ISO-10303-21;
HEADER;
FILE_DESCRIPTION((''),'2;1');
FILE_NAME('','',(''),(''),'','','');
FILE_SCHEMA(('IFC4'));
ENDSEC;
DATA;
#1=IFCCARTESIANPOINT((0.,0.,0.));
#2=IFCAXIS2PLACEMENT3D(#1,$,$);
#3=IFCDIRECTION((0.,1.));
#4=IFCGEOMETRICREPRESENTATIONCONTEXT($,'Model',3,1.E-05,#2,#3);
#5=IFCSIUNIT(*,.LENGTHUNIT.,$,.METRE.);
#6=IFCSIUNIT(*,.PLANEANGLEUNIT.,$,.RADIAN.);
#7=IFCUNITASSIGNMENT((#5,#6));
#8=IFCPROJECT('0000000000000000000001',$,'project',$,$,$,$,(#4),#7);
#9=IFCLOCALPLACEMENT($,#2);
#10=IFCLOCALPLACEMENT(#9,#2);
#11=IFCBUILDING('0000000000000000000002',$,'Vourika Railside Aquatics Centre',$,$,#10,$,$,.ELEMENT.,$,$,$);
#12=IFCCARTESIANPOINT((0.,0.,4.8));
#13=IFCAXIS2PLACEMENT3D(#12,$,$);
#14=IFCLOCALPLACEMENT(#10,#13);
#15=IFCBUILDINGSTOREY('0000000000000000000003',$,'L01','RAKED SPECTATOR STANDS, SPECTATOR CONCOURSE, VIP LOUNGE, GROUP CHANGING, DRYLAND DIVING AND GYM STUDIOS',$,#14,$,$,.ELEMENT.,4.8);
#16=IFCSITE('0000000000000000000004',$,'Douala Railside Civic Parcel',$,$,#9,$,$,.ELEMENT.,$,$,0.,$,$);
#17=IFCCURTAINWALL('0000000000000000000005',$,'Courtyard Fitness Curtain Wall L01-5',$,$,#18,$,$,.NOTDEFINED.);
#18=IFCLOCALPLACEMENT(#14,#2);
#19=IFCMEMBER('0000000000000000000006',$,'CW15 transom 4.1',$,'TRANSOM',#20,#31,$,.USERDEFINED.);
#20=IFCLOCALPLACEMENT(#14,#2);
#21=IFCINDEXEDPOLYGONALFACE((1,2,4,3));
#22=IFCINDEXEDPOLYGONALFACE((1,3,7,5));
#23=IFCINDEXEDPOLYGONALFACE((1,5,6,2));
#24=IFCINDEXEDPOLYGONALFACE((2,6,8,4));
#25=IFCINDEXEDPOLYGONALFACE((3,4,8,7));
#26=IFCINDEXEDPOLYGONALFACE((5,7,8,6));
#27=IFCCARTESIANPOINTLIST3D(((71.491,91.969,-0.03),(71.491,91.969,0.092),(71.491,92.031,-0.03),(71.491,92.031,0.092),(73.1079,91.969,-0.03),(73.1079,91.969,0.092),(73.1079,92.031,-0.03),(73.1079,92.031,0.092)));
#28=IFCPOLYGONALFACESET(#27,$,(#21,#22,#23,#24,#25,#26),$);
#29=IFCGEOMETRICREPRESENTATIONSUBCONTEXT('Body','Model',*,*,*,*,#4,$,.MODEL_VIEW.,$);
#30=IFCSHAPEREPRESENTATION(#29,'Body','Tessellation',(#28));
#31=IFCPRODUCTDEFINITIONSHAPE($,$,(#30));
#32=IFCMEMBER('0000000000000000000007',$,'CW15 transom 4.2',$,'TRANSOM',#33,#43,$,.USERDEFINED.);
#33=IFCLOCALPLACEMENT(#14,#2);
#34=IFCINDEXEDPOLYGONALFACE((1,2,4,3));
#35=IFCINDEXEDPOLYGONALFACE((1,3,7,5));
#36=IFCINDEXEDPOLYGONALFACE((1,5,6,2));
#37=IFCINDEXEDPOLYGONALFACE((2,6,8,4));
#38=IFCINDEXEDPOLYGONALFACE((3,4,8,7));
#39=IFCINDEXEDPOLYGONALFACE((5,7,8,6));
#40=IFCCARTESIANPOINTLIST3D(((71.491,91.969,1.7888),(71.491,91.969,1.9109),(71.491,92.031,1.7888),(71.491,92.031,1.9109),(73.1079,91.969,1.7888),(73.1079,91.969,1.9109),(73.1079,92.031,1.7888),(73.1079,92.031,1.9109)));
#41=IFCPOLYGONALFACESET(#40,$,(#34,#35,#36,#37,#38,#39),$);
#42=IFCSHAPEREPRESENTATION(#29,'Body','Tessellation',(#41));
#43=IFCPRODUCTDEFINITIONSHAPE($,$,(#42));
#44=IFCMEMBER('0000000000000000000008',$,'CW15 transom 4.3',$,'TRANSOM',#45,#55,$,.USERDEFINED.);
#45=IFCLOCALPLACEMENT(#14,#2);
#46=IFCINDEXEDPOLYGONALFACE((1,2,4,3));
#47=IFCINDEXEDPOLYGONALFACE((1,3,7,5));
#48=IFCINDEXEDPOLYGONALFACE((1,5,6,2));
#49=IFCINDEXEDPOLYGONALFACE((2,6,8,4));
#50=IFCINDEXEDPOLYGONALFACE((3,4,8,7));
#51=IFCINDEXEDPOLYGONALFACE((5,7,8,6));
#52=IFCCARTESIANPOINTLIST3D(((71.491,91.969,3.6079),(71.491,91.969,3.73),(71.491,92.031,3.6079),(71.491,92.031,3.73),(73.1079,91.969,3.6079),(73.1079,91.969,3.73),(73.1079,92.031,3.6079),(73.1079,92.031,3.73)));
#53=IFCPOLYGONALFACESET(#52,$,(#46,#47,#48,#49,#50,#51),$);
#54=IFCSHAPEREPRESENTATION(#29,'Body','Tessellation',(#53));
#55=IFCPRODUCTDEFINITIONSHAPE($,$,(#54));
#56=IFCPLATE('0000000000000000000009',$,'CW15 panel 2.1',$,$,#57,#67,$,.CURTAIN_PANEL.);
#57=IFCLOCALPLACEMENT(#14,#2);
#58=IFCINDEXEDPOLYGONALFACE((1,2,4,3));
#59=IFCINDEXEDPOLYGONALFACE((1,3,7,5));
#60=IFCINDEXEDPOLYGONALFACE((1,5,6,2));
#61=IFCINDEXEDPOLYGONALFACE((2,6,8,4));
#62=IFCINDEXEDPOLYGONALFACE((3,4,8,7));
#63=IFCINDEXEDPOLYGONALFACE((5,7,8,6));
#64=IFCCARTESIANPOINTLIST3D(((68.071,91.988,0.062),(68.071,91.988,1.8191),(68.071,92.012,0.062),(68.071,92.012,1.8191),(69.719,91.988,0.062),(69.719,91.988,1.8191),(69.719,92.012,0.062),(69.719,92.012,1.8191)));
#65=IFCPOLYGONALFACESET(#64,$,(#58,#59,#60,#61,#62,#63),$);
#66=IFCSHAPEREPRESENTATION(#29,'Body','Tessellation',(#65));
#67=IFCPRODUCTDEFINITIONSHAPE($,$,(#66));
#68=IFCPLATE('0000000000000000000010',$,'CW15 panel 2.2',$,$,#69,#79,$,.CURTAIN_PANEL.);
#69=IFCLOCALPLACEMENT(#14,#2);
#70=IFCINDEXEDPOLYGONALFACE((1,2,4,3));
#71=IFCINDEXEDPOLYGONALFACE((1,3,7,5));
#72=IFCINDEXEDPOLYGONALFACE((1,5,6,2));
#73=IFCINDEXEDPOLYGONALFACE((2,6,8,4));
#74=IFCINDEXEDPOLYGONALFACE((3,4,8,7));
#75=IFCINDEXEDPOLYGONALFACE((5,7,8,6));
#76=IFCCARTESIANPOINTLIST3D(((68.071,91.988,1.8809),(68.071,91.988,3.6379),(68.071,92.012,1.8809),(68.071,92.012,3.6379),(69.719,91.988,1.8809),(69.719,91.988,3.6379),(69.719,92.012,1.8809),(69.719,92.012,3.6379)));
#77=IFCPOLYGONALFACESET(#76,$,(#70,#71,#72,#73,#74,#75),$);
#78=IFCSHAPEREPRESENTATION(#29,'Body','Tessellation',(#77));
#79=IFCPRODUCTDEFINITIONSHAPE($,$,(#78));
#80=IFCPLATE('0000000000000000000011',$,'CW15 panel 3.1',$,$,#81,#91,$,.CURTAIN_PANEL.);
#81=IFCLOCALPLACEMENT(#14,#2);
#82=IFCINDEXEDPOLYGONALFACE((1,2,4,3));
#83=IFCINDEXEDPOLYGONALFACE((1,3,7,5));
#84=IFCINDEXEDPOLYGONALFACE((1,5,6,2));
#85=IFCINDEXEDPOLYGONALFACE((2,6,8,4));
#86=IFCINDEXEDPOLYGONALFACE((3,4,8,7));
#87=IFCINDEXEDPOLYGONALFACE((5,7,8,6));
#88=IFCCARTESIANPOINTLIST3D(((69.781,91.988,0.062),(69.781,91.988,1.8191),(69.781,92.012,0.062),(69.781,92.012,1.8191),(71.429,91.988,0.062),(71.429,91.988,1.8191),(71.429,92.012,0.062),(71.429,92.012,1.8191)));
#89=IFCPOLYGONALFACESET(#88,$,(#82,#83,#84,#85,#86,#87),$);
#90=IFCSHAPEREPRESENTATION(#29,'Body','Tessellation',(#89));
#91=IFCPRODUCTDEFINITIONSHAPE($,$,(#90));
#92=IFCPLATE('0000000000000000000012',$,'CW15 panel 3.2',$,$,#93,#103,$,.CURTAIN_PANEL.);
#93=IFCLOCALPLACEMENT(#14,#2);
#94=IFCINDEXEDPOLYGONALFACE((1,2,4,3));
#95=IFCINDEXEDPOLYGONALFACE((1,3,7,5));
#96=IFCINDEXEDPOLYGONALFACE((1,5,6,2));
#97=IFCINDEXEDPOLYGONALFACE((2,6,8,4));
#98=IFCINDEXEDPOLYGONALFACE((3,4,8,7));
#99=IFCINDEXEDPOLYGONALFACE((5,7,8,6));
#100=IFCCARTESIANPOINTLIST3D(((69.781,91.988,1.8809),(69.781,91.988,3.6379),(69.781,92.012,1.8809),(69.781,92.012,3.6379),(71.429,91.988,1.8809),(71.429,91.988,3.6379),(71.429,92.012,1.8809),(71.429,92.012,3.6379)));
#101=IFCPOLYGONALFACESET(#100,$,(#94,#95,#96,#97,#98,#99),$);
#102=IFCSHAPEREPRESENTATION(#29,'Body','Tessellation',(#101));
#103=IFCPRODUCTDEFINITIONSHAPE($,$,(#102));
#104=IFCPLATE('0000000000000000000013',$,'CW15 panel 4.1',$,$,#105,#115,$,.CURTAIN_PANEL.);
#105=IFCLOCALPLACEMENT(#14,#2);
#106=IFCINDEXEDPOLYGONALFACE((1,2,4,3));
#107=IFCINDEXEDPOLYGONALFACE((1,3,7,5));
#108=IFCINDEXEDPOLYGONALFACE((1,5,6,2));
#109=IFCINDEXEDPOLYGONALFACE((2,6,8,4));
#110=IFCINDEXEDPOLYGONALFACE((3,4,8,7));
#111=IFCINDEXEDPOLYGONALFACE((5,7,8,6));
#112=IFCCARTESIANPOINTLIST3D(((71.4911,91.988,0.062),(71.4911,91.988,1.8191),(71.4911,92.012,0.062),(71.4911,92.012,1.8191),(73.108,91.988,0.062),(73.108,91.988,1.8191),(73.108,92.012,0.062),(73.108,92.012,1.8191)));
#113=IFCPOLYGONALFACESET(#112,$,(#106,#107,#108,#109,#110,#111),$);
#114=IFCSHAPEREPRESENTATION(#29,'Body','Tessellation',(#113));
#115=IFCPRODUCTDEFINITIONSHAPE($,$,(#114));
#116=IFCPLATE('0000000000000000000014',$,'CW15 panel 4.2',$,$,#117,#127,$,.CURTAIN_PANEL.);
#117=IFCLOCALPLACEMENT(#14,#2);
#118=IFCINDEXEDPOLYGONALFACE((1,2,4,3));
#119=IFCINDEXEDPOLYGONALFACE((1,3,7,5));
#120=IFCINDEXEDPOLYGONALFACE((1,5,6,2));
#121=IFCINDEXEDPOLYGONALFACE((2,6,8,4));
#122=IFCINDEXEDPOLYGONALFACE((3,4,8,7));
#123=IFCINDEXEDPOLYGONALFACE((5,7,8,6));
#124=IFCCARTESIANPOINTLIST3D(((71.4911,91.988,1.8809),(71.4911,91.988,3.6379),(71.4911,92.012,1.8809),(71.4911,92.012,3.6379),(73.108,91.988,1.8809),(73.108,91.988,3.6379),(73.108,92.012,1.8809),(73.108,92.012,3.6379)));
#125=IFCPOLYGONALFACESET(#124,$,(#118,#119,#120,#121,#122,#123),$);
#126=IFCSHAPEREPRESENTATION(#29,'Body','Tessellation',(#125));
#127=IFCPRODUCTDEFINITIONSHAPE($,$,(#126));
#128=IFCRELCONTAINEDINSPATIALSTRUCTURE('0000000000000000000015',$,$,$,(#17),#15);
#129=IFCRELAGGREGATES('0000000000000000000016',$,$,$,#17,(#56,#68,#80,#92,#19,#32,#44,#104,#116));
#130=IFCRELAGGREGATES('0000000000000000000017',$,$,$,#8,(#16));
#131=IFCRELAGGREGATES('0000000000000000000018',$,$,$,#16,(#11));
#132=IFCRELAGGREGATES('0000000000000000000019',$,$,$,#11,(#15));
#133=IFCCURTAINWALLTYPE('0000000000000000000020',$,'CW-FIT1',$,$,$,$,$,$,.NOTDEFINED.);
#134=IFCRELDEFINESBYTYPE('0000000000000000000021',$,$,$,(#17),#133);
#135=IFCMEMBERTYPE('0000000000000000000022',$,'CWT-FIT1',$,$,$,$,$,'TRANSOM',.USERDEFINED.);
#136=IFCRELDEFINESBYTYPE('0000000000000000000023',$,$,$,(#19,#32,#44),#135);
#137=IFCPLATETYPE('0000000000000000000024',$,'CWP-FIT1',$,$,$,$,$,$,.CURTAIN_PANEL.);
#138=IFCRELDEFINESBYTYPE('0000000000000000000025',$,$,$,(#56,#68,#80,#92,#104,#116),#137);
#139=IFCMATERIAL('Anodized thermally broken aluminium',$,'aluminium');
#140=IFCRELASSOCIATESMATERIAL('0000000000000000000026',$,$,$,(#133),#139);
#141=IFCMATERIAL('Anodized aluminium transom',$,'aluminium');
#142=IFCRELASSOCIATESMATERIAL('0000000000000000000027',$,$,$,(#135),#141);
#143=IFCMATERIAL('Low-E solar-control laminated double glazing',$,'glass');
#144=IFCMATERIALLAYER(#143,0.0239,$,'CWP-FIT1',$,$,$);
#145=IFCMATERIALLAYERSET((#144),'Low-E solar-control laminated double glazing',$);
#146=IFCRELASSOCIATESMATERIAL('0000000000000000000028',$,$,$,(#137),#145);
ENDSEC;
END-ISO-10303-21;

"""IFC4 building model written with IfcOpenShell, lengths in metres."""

from ifc_helpers import new_model, si_unit, direction, frame, origin, origin_2d, place, context, subcontext, project, spatial, rectangle, extrude, material, layer, layer_set, material_profile, profile_set, type_object, element, aggregate, save


model = new_model("IFC4")

# Units and contexts
model_context = context("Model", 3, precision=1e-05, world=origin(), true_north=direction((0.0, 1.0)))
body_context = subcontext(model_context, "Body", "Model", "MODEL_VIEW")
ifc_project = project(units=[si_unit("LENGTHUNIT", "METRE"), si_unit("PLANEANGLEUNIT", "RADIAN")], contexts=[model_context])

# Site, building, storey
site_placement = place(None, origin())
site = spatial("IfcSite", under=ifc_project, at=site_placement, Name="Douala Railside Civic Parcel", CompositionType="ELEMENT", RefElevation=0.0)
building_placement = place(site_placement, origin())
building = spatial("IfcBuilding", under=site, at=building_placement, Name="Vourika Railside Aquatics Centre", CompositionType="ELEMENT")
storey_placement = place(building_placement, frame((0.0, 0.0, 4.8)))
storey = spatial("IfcBuildingStorey", under=building, at=storey_placement, Name="L01", Description="RAKED SPECTATOR STANDS, SPECTATOR CONCOURSE, VIP LOUNGE, GROUP CHANGING, DRYLAND DIVING AND GYM STUDIOS", CompositionType="ELEMENT", Elevation=4.8)

# Curtain wall, members, plates
ifc_material_1 = material(Name="Anodized thermally broken aluminium", Category="aluminium")
curtain_wall_type = type_object("IfcCurtainWallType", Name="CW-FIT1", PredefinedType="NOTDEFINED", material=ifc_material_1)
curtain_wall_placement = place(storey_placement, origin())
curtain_wall = element("IfcCurtainWall", 1, at=curtain_wall_placement, inside=storey, type_object=curtain_wall_type, Name="Courtyard Fitness Curtain Wall L01-5", PredefinedType="NOTDEFINED")
ifc_material_2 = material(Name="Anodized aluminium transom", Category="aluminium")
ifc_material_profile_1 = material_profile(ifc_material_2, rectangle(XDim=0.062, YDim=0.1221, at=origin_2d()), Name="ALU-T 62x122")
ifc_profile_set_1 = profile_set([ifc_material_profile_1], Name="Anodized aluminium transom")
member_type_1 = type_object("IfcMemberType", Name="CWT-FIT1", ElementType="TRANSOM", PredefinedType="USERDEFINED", material=ifc_profile_set_1)
member_1_placement = place(storey_placement, frame((71.491, 92.0, 0.031), z_axis=(1.0, 0.0, 0.0), x_axis=(0.0, 1.0, 0.0)))
member_1 = element("IfcMember", 2, at=member_1_placement, type_object=member_type_1, Name="CW15 transom 4.1", ObjectType="TRANSOM", PredefinedType="USERDEFINED", context=body_context, shape_type="SweptSolid", body=[
    extrude(rectangle(XDim=0.062, YDim=0.1221, at=origin_2d()), origin(), (0.0, 0.0, 1.0), 1.6169),
])
member_2_placement = place(storey_placement, frame((71.491, 92.0, 1.8499), z_axis=(1.0, 0.0, 0.0), x_axis=(0.0, 1.0, 0.0)))
member_2 = element("IfcMember", 3, at=member_2_placement, type_object=member_type_1, Name="CW15 transom 4.2", ObjectType="TRANSOM", PredefinedType="USERDEFINED", context=body_context, shape_type="SweptSolid", body=[
    extrude(rectangle(XDim=0.062, YDim=0.1221, at=origin_2d()), origin(), (0.0, 0.0, 1.0), 1.6169),
])
member_3_placement = place(storey_placement, frame((71.491, 92.0, 3.6689), z_axis=(1.0, 0.0, 0.0), x_axis=(0.0, 1.0, 0.0)))
member_3 = element("IfcMember", 4, at=member_3_placement, type_object=member_type_1, Name="CW15 transom 4.3", ObjectType="TRANSOM", PredefinedType="USERDEFINED", context=body_context, shape_type="SweptSolid", body=[
    extrude(rectangle(XDim=0.062, YDim=0.1221, at=origin_2d()), origin(), (0.0, 0.0, 1.0), 1.6169),
])
ifc_material_3 = material(Name="Low-E solar-control laminated double glazing", Category="glass")
ifc_layer = layer(ifc_material_3, 0.0239, Name="CWP-FIT1")
ifc_layer_set = layer_set([ifc_layer], Name="Low-E solar-control laminated double glazing")
plate_type = type_object("IfcPlateType", Name="CWP-FIT1", PredefinedType="CURTAIN_PANEL", material=ifc_layer_set)
plate_1_placement = place(storey_placement, frame((68.895, 92.0, 0.062), z_axis=(0.0, 0.0, 1.0), x_axis=(1.0, 0.0, 0.0)))
plate_1 = element("IfcPlate", 5, at=plate_1_placement, type_object=plate_type, Name="CW15 panel 2.1", PredefinedType="CURTAIN_PANEL", context=body_context, shape_type="SweptSolid", body=[
    extrude(rectangle(XDim=1.6479, YDim=0.0239, at=origin_2d()), origin(), (0.0, 0.0, 1.0), 1.7571),
])
plate_2_placement = place(storey_placement, frame((68.895, 92.0, 1.8809), z_axis=(0.0, 0.0, 1.0), x_axis=(1.0, 0.0, 0.0)))
plate_2 = element("IfcPlate", 6, at=plate_2_placement, type_object=plate_type, Name="CW15 panel 2.2", PredefinedType="CURTAIN_PANEL", context=body_context, shape_type="SweptSolid", body=[
    extrude(rectangle(XDim=1.6479, YDim=0.0239, at=origin_2d()), origin(), (0.0, 0.0, 1.0), 1.7571),
])
plate_3_placement = place(storey_placement, frame((70.605, 92.0, 0.062), z_axis=(0.0, 0.0, 1.0), x_axis=(1.0, 0.0, 0.0)))
plate_3 = element("IfcPlate", 7, at=plate_3_placement, type_object=plate_type, Name="CW15 panel 3.1", PredefinedType="CURTAIN_PANEL", context=body_context, shape_type="SweptSolid", body=[
    extrude(rectangle(XDim=1.6479, YDim=0.0239, at=origin_2d()), origin(), (0.0, 0.0, 1.0), 1.7571),
])
plate_4_placement = place(storey_placement, frame((70.605, 92.0, 1.8809), z_axis=(0.0, 0.0, 1.0), x_axis=(1.0, 0.0, 0.0)))
plate_4 = element("IfcPlate", 8, at=plate_4_placement, type_object=plate_type, Name="CW15 panel 3.2", PredefinedType="CURTAIN_PANEL", context=body_context, shape_type="SweptSolid", body=[
    extrude(rectangle(XDim=1.6479, YDim=0.0239, at=origin_2d()), origin(), (0.0, 0.0, 1.0), 1.7571),
])
plate_5_placement = place(storey_placement, frame((72.2996, 92.0, 0.062), z_axis=(0.0, 0.0, 1.0), x_axis=(1.0, 0.0, 0.0)))
plate_5 = element("IfcPlate", 9, at=plate_5_placement, type_object=plate_type, Name="CW15 panel 4.1", PredefinedType="CURTAIN_PANEL", context=body_context, shape_type="SweptSolid", body=[
    extrude(rectangle(XDim=1.6169, YDim=0.0239, at=origin_2d()), origin(), (0.0, 0.0, 1.0), 1.7571),
])
plate_6_placement = place(storey_placement, frame((72.2996, 92.0, 1.8809), z_axis=(0.0, 0.0, 1.0), x_axis=(1.0, 0.0, 0.0)))
plate_6 = element("IfcPlate", 10, at=plate_6_placement, type_object=plate_type, Name="CW15 panel 4.2", PredefinedType="CURTAIN_PANEL", context=body_context, shape_type="SweptSolid", body=[
    extrude(rectangle(XDim=1.6169, YDim=0.0239, at=origin_2d()), origin(), (0.0, 0.0, 1.0), 1.7571),
])
aggregate(curtain_wall, [plate_1, plate_2, plate_3, plate_4, member_1, member_2, member_3, plate_5, plate_6])

save(model, "model.ifc")
